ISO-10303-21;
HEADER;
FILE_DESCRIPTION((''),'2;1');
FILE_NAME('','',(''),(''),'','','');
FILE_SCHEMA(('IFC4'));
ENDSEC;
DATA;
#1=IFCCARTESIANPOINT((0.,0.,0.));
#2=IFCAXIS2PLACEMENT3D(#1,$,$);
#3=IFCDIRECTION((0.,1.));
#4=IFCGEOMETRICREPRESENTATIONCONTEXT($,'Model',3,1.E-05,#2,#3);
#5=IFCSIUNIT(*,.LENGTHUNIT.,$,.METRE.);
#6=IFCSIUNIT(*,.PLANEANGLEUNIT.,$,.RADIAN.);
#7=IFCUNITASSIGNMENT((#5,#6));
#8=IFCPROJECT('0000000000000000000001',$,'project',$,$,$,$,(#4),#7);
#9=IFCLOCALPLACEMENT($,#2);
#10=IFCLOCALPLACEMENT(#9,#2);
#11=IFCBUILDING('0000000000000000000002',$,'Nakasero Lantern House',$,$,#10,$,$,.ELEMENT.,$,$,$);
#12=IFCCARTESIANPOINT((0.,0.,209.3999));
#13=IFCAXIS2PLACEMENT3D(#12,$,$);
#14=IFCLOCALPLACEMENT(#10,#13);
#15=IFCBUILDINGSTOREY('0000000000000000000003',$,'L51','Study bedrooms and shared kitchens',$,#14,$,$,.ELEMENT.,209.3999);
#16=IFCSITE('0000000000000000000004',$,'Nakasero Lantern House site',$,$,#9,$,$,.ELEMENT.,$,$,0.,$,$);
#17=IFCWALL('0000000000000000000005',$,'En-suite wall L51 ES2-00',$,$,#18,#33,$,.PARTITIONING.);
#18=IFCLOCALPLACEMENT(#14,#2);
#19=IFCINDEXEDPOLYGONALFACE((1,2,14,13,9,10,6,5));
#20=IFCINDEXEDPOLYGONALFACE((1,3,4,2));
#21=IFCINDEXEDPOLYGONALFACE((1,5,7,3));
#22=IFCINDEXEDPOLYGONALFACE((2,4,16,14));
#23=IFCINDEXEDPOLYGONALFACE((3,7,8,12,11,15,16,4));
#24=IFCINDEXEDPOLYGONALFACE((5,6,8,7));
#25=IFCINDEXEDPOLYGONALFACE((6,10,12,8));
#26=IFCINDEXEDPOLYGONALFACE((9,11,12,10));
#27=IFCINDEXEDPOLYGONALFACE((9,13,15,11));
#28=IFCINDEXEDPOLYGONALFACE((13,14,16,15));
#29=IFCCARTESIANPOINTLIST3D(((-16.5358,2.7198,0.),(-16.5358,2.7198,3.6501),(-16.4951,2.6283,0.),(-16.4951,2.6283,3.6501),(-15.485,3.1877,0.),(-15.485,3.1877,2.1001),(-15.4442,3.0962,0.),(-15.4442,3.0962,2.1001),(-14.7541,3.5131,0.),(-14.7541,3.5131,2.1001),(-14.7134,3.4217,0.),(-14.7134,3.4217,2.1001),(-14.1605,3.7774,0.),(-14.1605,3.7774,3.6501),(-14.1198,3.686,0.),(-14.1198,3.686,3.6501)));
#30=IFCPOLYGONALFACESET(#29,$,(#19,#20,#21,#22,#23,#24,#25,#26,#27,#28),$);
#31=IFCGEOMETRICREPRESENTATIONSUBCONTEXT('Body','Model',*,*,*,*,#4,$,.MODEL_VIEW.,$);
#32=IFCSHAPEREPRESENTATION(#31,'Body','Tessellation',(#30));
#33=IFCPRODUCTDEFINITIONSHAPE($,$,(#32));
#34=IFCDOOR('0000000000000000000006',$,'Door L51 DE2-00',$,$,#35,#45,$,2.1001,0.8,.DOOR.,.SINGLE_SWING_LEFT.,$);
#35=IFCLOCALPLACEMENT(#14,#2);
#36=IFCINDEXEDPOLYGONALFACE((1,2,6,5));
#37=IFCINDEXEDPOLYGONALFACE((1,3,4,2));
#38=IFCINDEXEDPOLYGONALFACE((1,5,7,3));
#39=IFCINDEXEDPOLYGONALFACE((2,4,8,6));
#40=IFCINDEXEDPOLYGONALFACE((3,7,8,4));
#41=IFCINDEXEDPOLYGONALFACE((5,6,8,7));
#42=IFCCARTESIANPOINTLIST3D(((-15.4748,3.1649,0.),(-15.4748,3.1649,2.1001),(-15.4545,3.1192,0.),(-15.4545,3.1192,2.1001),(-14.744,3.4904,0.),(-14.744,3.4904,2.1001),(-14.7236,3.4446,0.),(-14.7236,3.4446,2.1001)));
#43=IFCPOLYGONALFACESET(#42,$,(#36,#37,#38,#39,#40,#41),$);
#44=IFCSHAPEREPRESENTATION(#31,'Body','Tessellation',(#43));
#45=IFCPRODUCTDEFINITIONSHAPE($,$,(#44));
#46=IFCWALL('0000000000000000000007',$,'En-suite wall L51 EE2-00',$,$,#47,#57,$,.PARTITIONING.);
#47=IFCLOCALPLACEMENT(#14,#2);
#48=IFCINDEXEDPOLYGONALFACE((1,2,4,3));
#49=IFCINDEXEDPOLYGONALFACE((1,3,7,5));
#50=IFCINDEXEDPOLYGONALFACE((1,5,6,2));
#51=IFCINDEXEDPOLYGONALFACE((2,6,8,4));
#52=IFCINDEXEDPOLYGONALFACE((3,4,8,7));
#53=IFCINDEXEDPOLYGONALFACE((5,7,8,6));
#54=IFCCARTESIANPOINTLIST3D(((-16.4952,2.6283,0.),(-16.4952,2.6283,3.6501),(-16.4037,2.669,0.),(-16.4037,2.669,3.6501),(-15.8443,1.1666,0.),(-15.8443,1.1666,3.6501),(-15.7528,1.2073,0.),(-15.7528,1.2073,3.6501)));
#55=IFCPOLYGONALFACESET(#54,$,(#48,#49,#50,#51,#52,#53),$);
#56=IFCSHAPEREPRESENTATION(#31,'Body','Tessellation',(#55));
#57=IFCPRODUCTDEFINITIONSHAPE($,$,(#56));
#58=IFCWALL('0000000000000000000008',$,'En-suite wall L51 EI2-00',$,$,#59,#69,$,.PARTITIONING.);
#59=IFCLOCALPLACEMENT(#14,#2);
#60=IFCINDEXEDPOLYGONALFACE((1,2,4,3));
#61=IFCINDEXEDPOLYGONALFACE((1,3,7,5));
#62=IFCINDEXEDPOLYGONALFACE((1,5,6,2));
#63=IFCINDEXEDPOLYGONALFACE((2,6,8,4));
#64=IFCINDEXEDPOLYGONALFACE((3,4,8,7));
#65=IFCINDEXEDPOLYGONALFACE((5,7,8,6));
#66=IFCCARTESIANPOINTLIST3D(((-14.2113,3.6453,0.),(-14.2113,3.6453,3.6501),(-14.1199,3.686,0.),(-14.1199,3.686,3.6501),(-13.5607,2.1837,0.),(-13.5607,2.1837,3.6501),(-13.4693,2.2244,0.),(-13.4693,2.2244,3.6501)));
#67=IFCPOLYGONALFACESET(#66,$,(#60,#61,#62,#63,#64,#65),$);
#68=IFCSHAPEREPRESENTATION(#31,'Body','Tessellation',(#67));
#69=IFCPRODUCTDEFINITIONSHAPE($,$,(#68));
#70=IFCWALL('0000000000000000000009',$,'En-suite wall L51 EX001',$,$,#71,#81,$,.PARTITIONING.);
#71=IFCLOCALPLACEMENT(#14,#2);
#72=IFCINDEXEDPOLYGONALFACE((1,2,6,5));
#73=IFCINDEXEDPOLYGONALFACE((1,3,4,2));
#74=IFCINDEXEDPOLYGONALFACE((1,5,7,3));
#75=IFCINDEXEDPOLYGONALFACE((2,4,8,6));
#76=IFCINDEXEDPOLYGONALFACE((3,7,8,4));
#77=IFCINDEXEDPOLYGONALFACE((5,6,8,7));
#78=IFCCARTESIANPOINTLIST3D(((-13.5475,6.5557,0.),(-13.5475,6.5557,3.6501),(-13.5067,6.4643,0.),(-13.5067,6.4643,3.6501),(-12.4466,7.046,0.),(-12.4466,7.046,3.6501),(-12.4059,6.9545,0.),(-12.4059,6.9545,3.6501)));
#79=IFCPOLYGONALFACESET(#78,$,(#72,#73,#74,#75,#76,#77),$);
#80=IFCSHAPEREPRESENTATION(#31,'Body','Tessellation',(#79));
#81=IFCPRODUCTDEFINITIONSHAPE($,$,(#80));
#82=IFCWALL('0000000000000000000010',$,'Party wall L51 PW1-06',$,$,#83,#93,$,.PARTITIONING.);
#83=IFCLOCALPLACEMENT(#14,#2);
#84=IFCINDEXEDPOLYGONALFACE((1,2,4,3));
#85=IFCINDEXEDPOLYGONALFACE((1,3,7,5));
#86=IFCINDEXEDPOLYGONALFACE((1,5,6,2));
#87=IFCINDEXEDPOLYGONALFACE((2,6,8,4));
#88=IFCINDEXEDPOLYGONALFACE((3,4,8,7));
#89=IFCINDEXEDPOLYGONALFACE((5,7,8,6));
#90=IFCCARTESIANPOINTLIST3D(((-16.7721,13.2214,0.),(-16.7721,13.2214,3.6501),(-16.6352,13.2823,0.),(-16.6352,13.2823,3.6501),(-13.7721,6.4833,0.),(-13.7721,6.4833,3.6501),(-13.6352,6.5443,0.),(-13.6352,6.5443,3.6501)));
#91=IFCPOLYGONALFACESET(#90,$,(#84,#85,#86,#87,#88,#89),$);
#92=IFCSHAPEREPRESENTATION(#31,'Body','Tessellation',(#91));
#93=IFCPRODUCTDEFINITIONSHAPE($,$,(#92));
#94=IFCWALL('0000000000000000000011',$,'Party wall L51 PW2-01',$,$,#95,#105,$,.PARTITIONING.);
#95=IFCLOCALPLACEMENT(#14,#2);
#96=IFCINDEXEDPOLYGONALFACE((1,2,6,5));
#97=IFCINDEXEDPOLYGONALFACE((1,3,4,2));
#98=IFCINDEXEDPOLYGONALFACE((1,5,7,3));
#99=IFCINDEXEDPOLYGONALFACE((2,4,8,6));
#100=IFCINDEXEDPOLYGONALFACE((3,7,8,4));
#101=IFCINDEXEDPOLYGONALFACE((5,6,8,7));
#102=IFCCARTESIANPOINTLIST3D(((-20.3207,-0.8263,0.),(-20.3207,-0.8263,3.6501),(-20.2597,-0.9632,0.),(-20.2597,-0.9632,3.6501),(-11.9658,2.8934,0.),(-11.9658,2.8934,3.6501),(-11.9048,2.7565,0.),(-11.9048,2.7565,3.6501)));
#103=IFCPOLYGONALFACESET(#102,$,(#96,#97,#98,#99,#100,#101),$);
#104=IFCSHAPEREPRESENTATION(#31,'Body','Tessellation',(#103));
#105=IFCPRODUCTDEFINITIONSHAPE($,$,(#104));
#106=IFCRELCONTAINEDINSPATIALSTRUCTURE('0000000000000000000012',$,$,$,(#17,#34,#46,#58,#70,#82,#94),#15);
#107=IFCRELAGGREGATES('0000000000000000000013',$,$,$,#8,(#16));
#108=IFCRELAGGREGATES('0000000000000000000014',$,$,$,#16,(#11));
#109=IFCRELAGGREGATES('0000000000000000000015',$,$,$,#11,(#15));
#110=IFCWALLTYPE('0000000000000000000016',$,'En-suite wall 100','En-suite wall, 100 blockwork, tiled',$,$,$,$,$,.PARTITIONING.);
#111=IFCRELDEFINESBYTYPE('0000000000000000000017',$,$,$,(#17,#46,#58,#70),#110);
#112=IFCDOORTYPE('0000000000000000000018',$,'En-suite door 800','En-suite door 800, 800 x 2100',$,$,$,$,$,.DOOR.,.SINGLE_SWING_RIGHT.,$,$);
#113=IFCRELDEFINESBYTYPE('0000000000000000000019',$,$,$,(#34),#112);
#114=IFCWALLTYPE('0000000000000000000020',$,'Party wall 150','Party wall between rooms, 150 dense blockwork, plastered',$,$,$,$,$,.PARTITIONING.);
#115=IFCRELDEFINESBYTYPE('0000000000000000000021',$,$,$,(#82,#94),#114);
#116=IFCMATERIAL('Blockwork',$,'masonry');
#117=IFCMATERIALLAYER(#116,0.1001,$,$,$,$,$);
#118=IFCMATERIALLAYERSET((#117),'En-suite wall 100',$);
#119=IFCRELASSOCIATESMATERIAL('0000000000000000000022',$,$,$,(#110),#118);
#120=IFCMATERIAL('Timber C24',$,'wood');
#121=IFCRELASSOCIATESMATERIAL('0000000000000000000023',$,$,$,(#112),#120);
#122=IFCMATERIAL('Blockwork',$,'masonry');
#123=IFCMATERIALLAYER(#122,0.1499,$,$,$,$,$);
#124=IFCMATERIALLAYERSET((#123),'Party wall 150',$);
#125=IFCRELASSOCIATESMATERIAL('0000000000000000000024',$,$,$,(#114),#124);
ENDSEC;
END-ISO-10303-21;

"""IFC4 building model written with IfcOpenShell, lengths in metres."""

from ifc_helpers import new_model, si_unit, direction, frame, frame_2d, origin, place, context, subcontext, project, spatial, rectangle, extrude, material, layer, layer_set, type_object, element, fill, save


model = new_model("IFC4")

# Units and contexts
model_context = context("Model", 3, precision=1e-05, world=origin(), true_north=direction((0.0, 1.0)))
body_context = subcontext(model_context, "Body", "Model", "MODEL_VIEW")
ifc_project = project(units=[si_unit("LENGTHUNIT", "METRE"), si_unit("PLANEANGLEUNIT", "RADIAN")], contexts=[model_context])

# Site, building, storey
site_placement = place(None, origin())
site = spatial("IfcSite", under=ifc_project, at=site_placement, Name="Nakasero Lantern House site", CompositionType="ELEMENT", RefElevation=0.0)
building_placement = place(site_placement, origin())
building = spatial("IfcBuilding", under=site, at=building_placement, Name="Nakasero Lantern House", CompositionType="ELEMENT")
storey_placement = place(building_placement, frame((0.0, 0.0, 209.3999)))
storey = spatial("IfcBuildingStorey", under=building, at=storey_placement, Name="L51", Description="Study bedrooms and shared kitchens", CompositionType="ELEMENT", Elevation=209.3999)

# Wall, opening, door
ifc_material_1 = material(Name="Blockwork", Category="masonry")
ifc_layer_1 = layer(ifc_material_1, 0.1001)
ifc_layer_set_1 = layer_set([ifc_layer_1], Name="En-suite wall 100")
wall_type_1 = type_object("IfcWallType", Name="En-suite wall 100", Description="En-suite wall, 100 blockwork, tiled", PredefinedType="PARTITIONING", material=ifc_layer_set_1)
wall_1_placement = place(storey_placement, frame((-14.1401, 3.7317, 0.0), z_axis=(0.0, 0.0, 1.0), x_axis=(-0.913533, -0.406766, 0.0)))
wall_1 = element("IfcWall", 1, at=wall_1_placement, inside=storey, type_object=wall_type_1, Name="En-suite wall L51 ES2-00", PredefinedType="PARTITIONING", context=body_context, shape_type="SweptSolid", body=[
    extrude(rectangle(XDim=2.6001, YDim=0.1001, at=frame_2d((1.3, 0.0))), origin(), (0.0, 0.0, 1.0), 3.6501),
])
opening_1_placement = place(wall_1_placement, frame((0.6499, 0.0, 0.0)))
opening_1 = element("IfcOpeningElement", 2, at=opening_1_placement, cuts=wall_1, PredefinedType="OPENING", context=body_context, shape_type="SweptSolid", body=[
    extrude(rectangle(XDim=0.8, YDim=2.1001, at=frame_2d((0.3999, 1.05))), frame((0.0, 0.0701, 0.0), z_axis=(0.0, -1.0, 0.0), x_axis=(1.0, 0.0, 0.0)), (0.0, 0.0, 1.0), 0.1401),
])
ifc_material_2 = material(Name="Timber C24", Category="wood")
door_type_1 = type_object("IfcDoorType", Name="En-suite door 800", Description="En-suite door 800, 800 x 2100", OperationType="SINGLE_SWING_RIGHT", PredefinedType="DOOR", material=ifc_material_2)
door_1_placement = place(opening_1_placement, origin())
door_1 = element("IfcDoor", 3, at=door_1_placement, inside=storey, type_object=door_type_1, Name="Door L51 DE2-00", OperationType="SINGLE_SWING_LEFT", OverallHeight=2.1001, OverallWidth=0.8, PredefinedType="DOOR", context=body_context, shape_type="SweptSolid", body=[
    extrude(rectangle(XDim=0.8, YDim=2.1001, at=frame_2d((0.3999, 1.05))), frame((0.0, 0.0249, 0.0), z_axis=(0.0, -1.0, 0.0), x_axis=(1.0, 0.0, 0.0)), (0.0, 0.0, 1.0), 0.05),
])
fill(opening_1, door_1)

# Walls
wall_2_placement = place(storey_placement, frame((-16.4495, 2.6487, 0.0), z_axis=(0.0, 0.0, 1.0), x_axis=(0.40679, -0.913522, 0.0)))
element("IfcWall", 4, at=wall_2_placement, inside=storey, type_object=wall_type_1, Name="En-suite wall L51 EE2-00", PredefinedType="PARTITIONING", context=body_context, shape_type="SweptSolid", body=[
    extrude(rectangle(XDim=1.6001, YDim=0.1001, at=frame_2d((0.8, 0.0))), origin(), (0.0, 0.0, 1.0), 3.6501),
])
wall_3_placement = place(storey_placement, frame((-14.1655, 3.6655, 0.0), z_axis=(0.0, 0.0, 1.0), x_axis=(0.406662, -0.913579, 0.0)))
element("IfcWall", 5, at=wall_3_placement, inside=storey, type_object=wall_type_1, Name="En-suite wall L51 EI2-00", PredefinedType="PARTITIONING", context=body_context, shape_type="SweptSolid", body=[
    extrude(rectangle(XDim=1.5999, YDim=0.1001, at=frame_2d((0.7998, 0.0))), origin(), (0.0, 0.0, 1.0), 3.6501),
])
wall_4_placement = place(storey_placement, frame((-13.5271, 6.51, 0.0), z_axis=(0.0, 0.0, 1.0), x_axis=(0.913511, 0.406815, 0.0)))
element("IfcWall", 6, at=wall_4_placement, inside=storey, type_object=wall_type_1, Name="En-suite wall L51 EX001", PredefinedType="PARTITIONING", context=body_context, shape_type="SweptSolid", body=[
    extrude(rectangle(XDim=1.2051, YDim=0.1001, at=frame_2d((0.6025, 0.0))), origin(), (0.0, 0.0, 1.0), 3.6501),
])
ifc_material_3 = material(Name="Blockwork", Category="masonry")
ifc_layer_2 = layer(ifc_material_3, 0.1499)
ifc_layer_set_2 = layer_set([ifc_layer_2], Name="Party wall 150")
wall_type_2 = type_object("IfcWallType", Name="Party wall 150", Description="Party wall between rooms, 150 dense blockwork, plastered", PredefinedType="PARTITIONING", material=ifc_layer_set_2)
wall_5_placement = place(storey_placement, frame((-13.7036, 6.5137, 0.0), z_axis=(0.0, 0.0, 1.0), x_axis=(-0.40674, 0.913544, 0.0)))
element("IfcWall", 7, at=wall_5_placement, inside=storey, type_object=wall_type_2, Name="Party wall L51 PW1-06", PredefinedType="PARTITIONING", context=body_context, shape_type="SweptSolid", body=[
    extrude(rectangle(XDim=7.3757, YDim=0.1499, at=frame_2d((3.688, 0.0))), origin(), (0.0, 0.0, 1.0), 3.6501),
])
wall_6_placement = place(storey_placement, frame((-11.9353, 2.825, 0.0), z_axis=(0.0, 0.0, 1.0), x_axis=(-0.913552, -0.406723, 0.0)))
element("IfcWall", 8, at=wall_6_placement, inside=storey, type_object=wall_type_2, Name="Party wall L51 PW2-01", PredefinedType="PARTITIONING", context=body_context, shape_type="SweptSolid", body=[
    extrude(rectangle(XDim=9.1455, YDim=0.1499, at=frame_2d((4.5728, 0.0))), origin(), (0.0, 0.0, 1.0), 3.6501),
])

save(model, "model.ifc")
